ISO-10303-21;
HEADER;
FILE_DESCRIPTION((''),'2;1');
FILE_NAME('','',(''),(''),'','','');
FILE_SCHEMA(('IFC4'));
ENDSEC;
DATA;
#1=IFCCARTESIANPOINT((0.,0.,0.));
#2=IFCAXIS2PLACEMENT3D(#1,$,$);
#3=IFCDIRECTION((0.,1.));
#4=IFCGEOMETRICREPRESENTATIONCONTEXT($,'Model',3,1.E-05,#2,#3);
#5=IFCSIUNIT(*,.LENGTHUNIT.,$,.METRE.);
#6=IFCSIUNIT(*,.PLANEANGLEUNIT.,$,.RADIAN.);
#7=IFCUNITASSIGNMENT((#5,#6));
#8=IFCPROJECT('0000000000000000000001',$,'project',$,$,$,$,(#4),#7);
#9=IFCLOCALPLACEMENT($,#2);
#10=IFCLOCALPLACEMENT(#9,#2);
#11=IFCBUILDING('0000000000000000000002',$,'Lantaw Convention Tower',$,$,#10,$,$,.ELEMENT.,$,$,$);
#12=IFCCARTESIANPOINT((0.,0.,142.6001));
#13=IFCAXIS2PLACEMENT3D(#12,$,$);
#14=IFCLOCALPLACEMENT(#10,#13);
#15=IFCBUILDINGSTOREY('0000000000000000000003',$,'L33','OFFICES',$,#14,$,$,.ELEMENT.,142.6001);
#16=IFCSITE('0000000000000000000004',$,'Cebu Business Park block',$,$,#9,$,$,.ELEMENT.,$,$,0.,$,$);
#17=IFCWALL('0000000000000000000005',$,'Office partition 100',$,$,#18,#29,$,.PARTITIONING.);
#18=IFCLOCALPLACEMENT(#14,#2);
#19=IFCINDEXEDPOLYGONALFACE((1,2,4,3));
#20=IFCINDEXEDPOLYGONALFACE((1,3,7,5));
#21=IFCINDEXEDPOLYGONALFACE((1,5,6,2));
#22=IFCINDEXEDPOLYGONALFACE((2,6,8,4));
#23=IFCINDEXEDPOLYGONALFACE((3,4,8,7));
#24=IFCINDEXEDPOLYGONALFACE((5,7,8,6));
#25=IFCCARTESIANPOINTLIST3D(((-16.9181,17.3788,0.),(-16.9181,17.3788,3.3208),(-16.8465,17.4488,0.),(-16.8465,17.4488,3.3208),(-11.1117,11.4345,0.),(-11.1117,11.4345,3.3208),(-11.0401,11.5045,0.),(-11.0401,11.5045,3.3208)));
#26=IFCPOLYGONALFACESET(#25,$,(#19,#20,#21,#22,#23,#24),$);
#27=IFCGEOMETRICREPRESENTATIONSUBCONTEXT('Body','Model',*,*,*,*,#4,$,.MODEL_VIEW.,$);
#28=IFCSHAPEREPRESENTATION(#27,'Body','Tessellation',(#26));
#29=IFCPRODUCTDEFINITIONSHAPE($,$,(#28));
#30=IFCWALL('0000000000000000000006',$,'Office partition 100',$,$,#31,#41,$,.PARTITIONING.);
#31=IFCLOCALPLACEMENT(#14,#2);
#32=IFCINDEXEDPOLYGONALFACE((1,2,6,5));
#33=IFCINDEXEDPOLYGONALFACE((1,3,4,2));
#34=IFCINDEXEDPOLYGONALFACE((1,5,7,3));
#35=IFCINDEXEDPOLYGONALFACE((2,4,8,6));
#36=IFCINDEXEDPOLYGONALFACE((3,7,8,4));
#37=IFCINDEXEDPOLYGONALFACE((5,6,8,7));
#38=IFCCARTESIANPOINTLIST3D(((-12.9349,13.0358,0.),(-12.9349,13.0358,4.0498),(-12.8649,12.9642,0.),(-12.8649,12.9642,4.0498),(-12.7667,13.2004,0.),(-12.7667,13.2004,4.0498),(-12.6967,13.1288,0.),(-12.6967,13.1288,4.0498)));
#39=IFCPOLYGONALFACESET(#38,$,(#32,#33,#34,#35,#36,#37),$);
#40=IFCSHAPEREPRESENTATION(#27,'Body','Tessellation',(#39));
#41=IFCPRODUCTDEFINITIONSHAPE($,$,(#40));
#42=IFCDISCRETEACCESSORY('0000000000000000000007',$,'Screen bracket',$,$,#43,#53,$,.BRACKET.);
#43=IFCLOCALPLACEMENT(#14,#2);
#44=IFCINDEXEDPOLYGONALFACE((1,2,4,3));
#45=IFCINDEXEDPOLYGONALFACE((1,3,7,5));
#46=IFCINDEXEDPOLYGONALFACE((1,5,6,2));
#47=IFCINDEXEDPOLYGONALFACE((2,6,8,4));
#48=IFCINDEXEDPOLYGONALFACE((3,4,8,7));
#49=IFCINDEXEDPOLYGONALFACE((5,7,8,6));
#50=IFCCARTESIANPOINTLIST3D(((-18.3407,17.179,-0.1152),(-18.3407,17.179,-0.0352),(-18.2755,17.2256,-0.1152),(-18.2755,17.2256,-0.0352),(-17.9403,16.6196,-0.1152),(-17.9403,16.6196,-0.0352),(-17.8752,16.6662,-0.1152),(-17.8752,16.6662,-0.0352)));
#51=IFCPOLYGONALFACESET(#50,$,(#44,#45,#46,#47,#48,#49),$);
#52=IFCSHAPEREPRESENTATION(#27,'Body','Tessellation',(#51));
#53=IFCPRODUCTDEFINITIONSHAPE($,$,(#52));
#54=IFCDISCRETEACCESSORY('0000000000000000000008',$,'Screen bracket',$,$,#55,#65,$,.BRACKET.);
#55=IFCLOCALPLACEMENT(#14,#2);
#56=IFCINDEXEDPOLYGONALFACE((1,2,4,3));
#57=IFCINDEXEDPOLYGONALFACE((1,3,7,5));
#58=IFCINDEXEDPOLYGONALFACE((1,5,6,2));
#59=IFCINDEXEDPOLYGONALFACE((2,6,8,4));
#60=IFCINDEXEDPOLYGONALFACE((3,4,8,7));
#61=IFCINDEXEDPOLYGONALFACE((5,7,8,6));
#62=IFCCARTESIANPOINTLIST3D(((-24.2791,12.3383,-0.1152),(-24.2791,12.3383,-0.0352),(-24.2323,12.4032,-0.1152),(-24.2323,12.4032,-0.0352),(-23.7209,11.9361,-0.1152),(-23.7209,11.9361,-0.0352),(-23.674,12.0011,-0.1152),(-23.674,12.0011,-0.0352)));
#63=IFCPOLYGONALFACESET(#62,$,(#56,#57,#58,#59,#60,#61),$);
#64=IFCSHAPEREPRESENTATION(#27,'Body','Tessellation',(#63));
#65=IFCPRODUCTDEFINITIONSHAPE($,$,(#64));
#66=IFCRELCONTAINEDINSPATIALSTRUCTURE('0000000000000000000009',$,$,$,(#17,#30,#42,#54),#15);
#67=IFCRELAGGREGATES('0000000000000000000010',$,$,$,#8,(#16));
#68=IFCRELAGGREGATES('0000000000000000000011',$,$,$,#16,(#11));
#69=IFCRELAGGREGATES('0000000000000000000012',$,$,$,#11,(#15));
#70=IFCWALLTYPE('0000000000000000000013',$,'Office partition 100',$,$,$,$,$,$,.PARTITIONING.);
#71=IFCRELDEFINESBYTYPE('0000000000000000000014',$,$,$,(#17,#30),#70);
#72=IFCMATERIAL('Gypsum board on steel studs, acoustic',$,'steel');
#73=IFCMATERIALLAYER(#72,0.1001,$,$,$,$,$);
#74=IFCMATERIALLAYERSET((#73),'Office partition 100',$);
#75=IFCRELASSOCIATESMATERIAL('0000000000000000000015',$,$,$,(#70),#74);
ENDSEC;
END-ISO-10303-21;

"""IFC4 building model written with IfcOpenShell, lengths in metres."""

from ifc_helpers import new_model, si_unit, direction, frame, frame_2d, origin, origin_2d, place, context, subcontext, project, spatial, rectangle, extrude, material, layer, layer_set, type_object, element, save


model = new_model("IFC4")

# Units and contexts
model_context = context("Model", 3, precision=1e-05, world=origin(), true_north=direction((0.0, 1.0)))
body_context = subcontext(model_context, "Body", "Model", "MODEL_VIEW")
ifc_project = project(units=[si_unit("LENGTHUNIT", "METRE"), si_unit("PLANEANGLEUNIT", "RADIAN")], contexts=[model_context])

# Site, building, storey
site_placement = place(None, origin())
site = spatial("IfcSite", under=ifc_project, at=site_placement, Name="Cebu Business Park block", CompositionType="ELEMENT", RefElevation=0.0)
building_placement = place(site_placement, origin())
building = spatial("IfcBuilding", under=site, at=building_placement, Name="Lantaw Convention Tower", CompositionType="ELEMENT")
storey_placement = place(building_placement, frame((0.0, 0.0, 142.6001)))
storey = spatial("IfcBuildingStorey", under=building, at=storey_placement, Name="L33", Description="OFFICES", CompositionType="ELEMENT", Elevation=142.6001)

# Walls
ifc_material_1 = material(Name="Gypsum board on steel studs, acoustic", Category="steel")
ifc_layer_1 = layer(ifc_material_1, 0.1001)
ifc_layer_set_1 = layer_set([ifc_layer_1], Name="Office partition 100")
wall_type_1 = type_object("IfcWallType", Name="Office partition 100", PredefinedType="PARTITIONING", material=ifc_layer_set_1)
wall_1_placement = place(storey_placement, frame((-16.8823, 17.4138, 0.0), z_axis=(0.0, 0.0, 1.0), x_axis=(0.698758, -0.715358, 0.0)))
element("IfcWall", 1, at=wall_1_placement, inside=storey, type_object=wall_type_1, Name="Office partition 100", PredefinedType="PARTITIONING", context=body_context, shape_type="SweptSolid", body=[
    extrude(rectangle(XDim=8.3096, YDim=0.1001, at=frame_2d((4.1548, 0.0))), origin(), (0.0, 0.0, 1.0), 3.3208),
])
wall_2_placement = place(storey_placement, frame((-12.8999, 13.0, 0.0), z_axis=(0.0, 0.0, 1.0), x_axis=(0.714845, 0.699283, 0.0)))
element("IfcWall", 2, at=wall_2_placement, inside=storey, type_object=wall_type_1, Name="Office partition 100", PredefinedType="PARTITIONING", context=body_context, shape_type="SweptSolid", body=[
    extrude(rectangle(XDim=0.2354, YDim=0.1001, at=frame_2d((0.1177, 0.0))), origin(), (0.0, 0.0, 1.0), 4.0498),
])

# Discrete accessories
for number, where, z_axis, x_axis, name in (
    (3, (-18.1079, 16.9226, -0.1152), (0.0, 0.0, 1.0), (-0.813208, -0.581973, 0.0), "Screen bracket"),
    (4, (-23.9766, 12.1697, -0.1152), (0.0, 0.0, 1.0), (-0.584513, -0.811385, 0.0), "Screen bracket"),
):
    element("IfcDiscreteAccessory", number, at=place(storey_placement, frame(where, z_axis=z_axis, x_axis=x_axis)), inside=storey, Name=name, PredefinedType="BRACKET", context=body_context, shape_type="SweptSolid", body=[
        extrude(rectangle(XDim=0.0801, YDim=0.688, at=origin_2d()), origin(), (0.0, 0.0, 1.0), 0.0801),
    ])

save(model, "model.ifc")
